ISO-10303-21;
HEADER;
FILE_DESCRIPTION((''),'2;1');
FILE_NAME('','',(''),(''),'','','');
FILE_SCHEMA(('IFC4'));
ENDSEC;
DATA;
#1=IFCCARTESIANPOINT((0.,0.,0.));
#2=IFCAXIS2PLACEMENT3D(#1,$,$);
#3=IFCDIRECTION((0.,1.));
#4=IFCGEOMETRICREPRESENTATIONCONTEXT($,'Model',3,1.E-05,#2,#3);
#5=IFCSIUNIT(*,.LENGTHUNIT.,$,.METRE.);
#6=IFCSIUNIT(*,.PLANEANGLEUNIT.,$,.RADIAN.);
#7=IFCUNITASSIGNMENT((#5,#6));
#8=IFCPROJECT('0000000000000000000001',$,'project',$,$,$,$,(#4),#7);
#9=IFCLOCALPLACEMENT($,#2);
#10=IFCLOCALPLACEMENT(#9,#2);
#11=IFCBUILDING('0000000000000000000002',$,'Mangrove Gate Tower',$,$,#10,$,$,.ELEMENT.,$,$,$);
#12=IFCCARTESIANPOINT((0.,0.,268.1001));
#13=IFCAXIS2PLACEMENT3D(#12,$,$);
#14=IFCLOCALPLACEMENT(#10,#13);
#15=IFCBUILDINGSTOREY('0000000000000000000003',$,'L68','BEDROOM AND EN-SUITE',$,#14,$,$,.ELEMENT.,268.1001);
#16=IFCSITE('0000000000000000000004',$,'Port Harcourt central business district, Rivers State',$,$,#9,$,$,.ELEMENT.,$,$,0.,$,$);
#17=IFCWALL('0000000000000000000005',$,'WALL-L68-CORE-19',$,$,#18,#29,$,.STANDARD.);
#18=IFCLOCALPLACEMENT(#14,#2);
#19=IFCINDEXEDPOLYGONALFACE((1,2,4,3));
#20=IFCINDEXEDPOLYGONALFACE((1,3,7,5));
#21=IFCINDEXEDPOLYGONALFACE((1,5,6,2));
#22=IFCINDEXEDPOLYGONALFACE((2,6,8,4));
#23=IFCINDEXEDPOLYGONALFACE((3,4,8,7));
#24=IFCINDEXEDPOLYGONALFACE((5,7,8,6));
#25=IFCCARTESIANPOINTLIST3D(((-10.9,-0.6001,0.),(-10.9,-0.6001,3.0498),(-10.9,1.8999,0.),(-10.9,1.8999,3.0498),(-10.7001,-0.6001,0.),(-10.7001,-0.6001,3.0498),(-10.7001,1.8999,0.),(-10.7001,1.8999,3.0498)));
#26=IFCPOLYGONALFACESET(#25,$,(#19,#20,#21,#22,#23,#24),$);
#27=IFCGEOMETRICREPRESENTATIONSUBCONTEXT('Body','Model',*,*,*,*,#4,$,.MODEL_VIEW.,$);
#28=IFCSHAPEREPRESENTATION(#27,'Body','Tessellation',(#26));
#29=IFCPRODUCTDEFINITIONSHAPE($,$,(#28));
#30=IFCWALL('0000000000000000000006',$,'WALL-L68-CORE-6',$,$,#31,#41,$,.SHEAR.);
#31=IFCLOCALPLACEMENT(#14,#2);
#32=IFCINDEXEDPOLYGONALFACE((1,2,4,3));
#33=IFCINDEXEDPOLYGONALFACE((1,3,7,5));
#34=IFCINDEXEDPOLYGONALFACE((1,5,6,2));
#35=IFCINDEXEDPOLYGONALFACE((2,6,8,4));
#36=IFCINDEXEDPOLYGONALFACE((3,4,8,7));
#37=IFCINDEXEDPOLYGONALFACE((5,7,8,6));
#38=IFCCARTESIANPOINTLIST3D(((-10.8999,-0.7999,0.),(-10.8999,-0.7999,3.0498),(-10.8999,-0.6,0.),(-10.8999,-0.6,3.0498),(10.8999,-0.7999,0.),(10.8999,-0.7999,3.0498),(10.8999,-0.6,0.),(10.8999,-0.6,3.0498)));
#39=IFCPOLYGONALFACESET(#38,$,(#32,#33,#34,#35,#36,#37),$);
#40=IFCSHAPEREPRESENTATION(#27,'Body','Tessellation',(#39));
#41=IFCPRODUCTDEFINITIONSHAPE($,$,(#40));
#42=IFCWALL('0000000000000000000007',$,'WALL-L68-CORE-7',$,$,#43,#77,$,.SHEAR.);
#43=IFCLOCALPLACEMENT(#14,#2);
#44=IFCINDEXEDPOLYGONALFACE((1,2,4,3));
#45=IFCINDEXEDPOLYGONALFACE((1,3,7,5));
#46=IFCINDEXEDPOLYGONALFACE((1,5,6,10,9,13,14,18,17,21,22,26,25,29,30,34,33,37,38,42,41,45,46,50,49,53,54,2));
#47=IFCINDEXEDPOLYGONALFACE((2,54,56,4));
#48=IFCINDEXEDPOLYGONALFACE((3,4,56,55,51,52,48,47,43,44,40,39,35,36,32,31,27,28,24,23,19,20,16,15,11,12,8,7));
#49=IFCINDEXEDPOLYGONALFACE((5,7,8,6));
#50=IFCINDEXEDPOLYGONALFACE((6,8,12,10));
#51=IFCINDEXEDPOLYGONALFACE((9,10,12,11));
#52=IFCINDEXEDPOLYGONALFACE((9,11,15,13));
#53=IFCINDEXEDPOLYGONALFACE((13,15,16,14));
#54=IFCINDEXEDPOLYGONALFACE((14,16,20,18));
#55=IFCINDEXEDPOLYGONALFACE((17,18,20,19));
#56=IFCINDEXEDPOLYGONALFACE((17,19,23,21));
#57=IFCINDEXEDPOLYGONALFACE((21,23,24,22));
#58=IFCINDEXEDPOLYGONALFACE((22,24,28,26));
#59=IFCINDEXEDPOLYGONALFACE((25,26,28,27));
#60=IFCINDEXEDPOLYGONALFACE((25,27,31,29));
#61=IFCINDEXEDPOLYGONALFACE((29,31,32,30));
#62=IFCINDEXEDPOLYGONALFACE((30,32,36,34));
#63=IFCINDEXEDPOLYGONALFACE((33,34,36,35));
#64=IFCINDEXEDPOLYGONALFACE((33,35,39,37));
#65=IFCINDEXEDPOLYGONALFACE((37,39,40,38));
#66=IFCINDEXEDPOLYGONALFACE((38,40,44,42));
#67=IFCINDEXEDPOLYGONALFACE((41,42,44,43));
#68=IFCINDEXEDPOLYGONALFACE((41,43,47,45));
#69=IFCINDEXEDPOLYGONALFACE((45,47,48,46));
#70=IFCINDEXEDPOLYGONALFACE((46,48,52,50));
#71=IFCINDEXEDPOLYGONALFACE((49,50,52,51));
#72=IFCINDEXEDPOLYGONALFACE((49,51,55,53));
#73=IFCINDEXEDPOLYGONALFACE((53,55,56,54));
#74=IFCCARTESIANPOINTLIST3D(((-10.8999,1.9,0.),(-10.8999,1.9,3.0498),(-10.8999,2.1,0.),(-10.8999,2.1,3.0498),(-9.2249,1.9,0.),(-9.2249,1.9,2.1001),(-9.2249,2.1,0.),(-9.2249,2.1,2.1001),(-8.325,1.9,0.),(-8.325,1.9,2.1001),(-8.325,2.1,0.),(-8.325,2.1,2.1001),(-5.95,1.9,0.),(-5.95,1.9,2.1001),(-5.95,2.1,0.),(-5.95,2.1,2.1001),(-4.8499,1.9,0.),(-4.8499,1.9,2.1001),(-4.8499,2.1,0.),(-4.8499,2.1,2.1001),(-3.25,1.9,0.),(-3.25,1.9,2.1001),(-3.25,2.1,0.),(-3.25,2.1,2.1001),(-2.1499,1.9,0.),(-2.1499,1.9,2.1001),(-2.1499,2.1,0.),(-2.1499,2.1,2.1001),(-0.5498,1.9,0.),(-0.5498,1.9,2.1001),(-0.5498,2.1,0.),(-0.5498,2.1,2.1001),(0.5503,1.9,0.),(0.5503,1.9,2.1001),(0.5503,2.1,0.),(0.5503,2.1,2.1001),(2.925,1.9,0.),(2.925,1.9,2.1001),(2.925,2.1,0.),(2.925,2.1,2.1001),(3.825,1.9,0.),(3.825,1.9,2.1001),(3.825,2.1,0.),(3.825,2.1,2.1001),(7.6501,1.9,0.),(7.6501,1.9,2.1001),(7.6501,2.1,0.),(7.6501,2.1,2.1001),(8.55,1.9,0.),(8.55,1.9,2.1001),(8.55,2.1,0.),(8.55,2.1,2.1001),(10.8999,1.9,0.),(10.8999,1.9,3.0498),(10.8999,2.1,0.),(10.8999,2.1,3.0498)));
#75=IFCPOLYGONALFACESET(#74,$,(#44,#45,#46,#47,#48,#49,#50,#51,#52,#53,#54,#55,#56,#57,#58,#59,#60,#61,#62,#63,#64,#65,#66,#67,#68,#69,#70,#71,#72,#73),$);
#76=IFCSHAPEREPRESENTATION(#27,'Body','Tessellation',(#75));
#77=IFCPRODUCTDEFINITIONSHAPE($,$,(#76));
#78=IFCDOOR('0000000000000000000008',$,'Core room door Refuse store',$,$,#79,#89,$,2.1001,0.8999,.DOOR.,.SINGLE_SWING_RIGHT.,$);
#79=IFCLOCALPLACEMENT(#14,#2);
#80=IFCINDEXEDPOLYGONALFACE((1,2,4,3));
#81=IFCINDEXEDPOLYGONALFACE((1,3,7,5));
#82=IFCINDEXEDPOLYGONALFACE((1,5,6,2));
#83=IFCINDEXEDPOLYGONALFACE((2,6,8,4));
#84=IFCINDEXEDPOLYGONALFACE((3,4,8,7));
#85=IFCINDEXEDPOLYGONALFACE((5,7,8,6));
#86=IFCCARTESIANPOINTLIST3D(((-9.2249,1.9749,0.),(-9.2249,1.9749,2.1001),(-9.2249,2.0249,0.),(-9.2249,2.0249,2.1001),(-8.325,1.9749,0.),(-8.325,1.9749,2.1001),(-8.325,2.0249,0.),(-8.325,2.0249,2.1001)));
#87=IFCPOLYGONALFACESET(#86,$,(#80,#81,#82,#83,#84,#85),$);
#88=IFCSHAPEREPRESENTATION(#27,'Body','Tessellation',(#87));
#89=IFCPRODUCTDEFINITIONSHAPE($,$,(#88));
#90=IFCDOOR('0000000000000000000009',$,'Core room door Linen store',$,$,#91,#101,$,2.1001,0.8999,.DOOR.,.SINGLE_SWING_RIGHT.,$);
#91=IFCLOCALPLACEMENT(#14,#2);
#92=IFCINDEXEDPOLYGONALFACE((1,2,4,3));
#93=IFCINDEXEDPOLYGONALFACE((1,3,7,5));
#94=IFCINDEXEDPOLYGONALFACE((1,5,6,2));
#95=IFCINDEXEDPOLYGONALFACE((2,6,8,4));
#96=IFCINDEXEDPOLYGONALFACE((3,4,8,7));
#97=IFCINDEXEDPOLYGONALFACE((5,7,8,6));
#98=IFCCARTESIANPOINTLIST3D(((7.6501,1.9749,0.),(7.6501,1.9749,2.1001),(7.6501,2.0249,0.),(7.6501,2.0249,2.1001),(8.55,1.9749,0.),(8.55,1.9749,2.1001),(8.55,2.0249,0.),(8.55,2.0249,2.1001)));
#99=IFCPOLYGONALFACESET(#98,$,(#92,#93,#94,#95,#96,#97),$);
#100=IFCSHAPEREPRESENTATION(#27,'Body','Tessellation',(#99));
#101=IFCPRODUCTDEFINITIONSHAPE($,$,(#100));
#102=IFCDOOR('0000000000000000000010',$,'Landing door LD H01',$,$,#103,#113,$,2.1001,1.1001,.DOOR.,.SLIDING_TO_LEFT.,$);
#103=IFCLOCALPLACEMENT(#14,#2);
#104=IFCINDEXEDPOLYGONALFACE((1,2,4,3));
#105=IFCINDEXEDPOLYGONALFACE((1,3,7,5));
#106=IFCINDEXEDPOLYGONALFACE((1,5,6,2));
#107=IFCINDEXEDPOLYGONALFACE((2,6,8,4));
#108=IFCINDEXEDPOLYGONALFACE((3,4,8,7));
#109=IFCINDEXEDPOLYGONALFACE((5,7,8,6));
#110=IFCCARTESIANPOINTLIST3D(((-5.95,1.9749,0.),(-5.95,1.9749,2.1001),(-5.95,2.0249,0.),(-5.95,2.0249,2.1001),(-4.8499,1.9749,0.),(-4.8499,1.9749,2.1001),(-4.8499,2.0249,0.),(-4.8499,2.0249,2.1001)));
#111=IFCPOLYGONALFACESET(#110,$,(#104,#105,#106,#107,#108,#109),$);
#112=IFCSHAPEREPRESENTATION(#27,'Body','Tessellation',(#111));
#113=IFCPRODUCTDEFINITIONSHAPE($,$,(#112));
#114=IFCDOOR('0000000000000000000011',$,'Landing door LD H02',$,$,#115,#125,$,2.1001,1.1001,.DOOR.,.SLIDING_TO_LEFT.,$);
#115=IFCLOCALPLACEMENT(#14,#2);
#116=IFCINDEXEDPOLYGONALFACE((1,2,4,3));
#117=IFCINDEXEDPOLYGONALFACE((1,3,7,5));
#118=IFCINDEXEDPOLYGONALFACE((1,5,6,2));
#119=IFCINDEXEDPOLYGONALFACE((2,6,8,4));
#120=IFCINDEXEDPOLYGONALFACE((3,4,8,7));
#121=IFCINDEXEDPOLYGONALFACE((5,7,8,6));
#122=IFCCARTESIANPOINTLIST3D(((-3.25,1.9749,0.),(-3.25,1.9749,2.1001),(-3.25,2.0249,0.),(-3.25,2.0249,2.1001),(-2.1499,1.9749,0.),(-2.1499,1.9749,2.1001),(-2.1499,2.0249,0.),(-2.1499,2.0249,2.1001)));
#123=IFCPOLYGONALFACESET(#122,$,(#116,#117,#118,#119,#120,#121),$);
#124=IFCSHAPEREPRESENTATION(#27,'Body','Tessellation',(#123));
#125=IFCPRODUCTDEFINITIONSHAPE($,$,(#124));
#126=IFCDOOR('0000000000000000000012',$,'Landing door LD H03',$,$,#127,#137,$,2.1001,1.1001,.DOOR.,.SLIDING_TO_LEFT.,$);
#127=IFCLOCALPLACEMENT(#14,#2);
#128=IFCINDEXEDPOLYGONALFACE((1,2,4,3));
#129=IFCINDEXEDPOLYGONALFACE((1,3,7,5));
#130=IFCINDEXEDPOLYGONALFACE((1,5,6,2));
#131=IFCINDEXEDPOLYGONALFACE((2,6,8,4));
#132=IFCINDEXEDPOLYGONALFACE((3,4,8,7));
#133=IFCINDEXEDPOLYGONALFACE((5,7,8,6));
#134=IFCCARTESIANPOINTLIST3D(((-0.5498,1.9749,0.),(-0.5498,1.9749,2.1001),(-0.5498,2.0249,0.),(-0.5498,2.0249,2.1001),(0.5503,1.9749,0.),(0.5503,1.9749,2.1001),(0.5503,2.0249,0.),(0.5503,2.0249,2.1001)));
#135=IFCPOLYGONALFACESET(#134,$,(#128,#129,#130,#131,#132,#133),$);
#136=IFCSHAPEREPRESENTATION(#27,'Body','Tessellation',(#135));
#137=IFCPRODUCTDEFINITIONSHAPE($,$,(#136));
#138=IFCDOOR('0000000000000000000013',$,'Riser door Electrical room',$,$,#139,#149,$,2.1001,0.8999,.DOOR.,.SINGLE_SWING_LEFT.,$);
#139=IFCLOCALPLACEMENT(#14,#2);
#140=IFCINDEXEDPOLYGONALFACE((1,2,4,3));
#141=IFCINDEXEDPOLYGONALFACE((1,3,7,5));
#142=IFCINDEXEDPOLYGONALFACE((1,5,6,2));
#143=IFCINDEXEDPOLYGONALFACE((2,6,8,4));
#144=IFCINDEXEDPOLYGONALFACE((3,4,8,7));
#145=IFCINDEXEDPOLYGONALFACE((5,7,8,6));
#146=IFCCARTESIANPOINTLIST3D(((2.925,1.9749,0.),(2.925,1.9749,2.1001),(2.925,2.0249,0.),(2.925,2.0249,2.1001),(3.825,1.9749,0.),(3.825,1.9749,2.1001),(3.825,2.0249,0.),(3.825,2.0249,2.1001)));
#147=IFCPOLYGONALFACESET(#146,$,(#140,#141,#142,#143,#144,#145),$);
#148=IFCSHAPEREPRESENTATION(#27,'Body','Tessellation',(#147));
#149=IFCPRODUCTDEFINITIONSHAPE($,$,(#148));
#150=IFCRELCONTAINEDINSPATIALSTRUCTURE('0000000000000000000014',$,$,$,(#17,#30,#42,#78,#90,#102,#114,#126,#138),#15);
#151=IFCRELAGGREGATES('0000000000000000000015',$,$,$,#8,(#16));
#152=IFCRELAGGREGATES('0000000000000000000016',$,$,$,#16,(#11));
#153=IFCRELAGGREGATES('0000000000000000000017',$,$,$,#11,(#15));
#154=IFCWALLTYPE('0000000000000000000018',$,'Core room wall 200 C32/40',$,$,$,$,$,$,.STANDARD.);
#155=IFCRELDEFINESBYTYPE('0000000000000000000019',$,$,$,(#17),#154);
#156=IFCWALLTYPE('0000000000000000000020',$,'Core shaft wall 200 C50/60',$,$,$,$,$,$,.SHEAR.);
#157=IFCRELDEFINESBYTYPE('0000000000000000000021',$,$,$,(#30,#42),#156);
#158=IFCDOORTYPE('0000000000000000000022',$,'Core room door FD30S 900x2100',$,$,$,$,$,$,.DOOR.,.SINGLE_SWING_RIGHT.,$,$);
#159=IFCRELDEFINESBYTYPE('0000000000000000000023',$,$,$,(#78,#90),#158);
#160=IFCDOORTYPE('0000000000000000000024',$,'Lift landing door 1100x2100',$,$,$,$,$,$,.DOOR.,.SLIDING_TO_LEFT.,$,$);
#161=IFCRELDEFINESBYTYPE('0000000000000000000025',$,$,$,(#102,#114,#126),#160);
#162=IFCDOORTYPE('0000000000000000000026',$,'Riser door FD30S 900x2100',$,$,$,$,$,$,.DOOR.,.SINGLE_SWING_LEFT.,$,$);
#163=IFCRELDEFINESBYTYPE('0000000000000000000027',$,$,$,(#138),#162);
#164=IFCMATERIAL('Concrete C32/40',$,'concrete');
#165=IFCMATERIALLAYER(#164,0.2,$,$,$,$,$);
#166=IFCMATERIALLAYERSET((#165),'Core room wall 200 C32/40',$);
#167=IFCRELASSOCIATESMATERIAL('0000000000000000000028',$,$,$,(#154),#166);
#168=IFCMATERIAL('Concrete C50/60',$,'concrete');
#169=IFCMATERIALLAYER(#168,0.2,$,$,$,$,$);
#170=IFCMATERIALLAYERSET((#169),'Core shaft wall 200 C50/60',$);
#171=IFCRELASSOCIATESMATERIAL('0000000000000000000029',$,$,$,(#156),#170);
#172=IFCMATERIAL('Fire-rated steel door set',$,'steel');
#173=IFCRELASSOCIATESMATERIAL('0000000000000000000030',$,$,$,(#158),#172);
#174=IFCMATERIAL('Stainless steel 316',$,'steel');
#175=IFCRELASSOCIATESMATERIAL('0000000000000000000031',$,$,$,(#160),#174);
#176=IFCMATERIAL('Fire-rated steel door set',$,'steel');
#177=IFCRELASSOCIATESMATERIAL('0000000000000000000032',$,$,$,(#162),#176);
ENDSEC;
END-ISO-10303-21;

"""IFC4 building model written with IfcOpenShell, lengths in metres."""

from ifc_helpers import new_model, si_unit, direction, frame, frame_2d, origin, place, context, subcontext, project, spatial, rectangle, extrude, material, layer, layer_set, type_object, element, fill, save


model = new_model("IFC4")

# Units and contexts
model_context = context("Model", 3, precision=1e-05, world=origin(), true_north=direction((0.0, 1.0)))
body_context = subcontext(model_context, "Body", "Model", "MODEL_VIEW")
ifc_project = project(units=[si_unit("LENGTHUNIT", "METRE"), si_unit("PLANEANGLEUNIT", "RADIAN")], contexts=[model_context])

# Site, building, storey
site_placement = place(None, origin())
site = spatial("IfcSite", under=ifc_project, at=site_placement, Name="Port Harcourt central business district, Rivers State", CompositionType="ELEMENT", RefElevation=0.0)
building_placement = place(site_placement, origin())
building = spatial("IfcBuilding", under=site, at=building_placement, Name="Mangrove Gate Tower", CompositionType="ELEMENT")
storey_placement = place(building_placement, frame((0.0, 0.0, 268.1001)))
storey = spatial("IfcBuildingStorey", under=building, at=storey_placement, Name="L68", Description="BEDROOM AND EN-SUITE", CompositionType="ELEMENT", Elevation=268.1001)

# Walls
ifc_material_1 = material(Name="Concrete C32/40", Category="concrete")
ifc_layer_1 = layer(ifc_material_1, 0.2)
ifc_layer_set_1 = layer_set([ifc_layer_1], Name="Core room wall 200 C32/40")
wall_type_1 = type_object("IfcWallType", Name="Core room wall 200 C32/40", PredefinedType="STANDARD", material=ifc_layer_set_1)
wall_1_placement = place(storey_placement, frame((-10.8, -0.6001, 0.0), z_axis=(0.0, 0.0, 1.0), x_axis=(0.0, 1.0, 0.0)))
element("IfcWall", 1, at=wall_1_placement, inside=storey, type_object=wall_type_1, Name="WALL-L68-CORE-19", PredefinedType="STANDARD", context=body_context, shape_type="SweptSolid", body=[
    extrude(rectangle(XDim=2.5, YDim=0.2, at=frame_2d((1.25, 0.0))), origin(), (0.0, 0.0, 1.0), 3.0498),
])
ifc_material_2 = material(Name="Concrete C50/60", Category="concrete")
ifc_layer_2 = layer(ifc_material_2, 0.2)
ifc_layer_set_2 = layer_set([ifc_layer_2], Name="Core shaft wall 200 C50/60")
wall_type_2 = type_object("IfcWallType", Name="Core shaft wall 200 C50/60", PredefinedType="SHEAR", material=ifc_layer_set_2)
wall_2_placement = place(storey_placement, frame((-10.8999, -0.7, 0.0), z_axis=(0.0, 0.0, 1.0), x_axis=(1.0, 0.0, 0.0)))
element("IfcWall", 2, at=wall_2_placement, inside=storey, type_object=wall_type_2, Name="WALL-L68-CORE-6", PredefinedType="SHEAR", context=body_context, shape_type="SweptSolid", body=[
    extrude(rectangle(XDim=21.7998, YDim=0.2, at=frame_2d((10.8999, 0.0))), origin(), (0.0, 0.0, 1.0), 3.0498),
])

# Wall, openings, doors
wall_3_placement = place(storey_placement, frame((-10.8999, 2.0, 0.0), z_axis=(0.0, 0.0, 1.0), x_axis=(1.0, 0.0, 0.0)))
wall_3 = element("IfcWall", 3, at=wall_3_placement, inside=storey, type_object=wall_type_2, Name="WALL-L68-CORE-7", PredefinedType="SHEAR", context=body_context, shape_type="SweptSolid", body=[
    extrude(rectangle(XDim=21.7998, YDim=0.2, at=frame_2d((10.8999, 0.0))), origin(), (0.0, 0.0, 1.0), 3.0498),
])
opening_1_placement = place(wall_3_placement, frame((4.95, 0.0, 0.0)))
opening_1 = element("IfcOpeningElement", 4, at=opening_1_placement, cuts=wall_3, PredefinedType="OPENING", context=body_context, shape_type="SweptSolid", body=[
    extrude(rectangle(XDim=1.1001, YDim=2.1001, at=frame_2d((0.55, 1.05))), frame((0.0, 0.1099, 0.0), z_axis=(0.0, -1.0, 0.0), x_axis=(1.0, 0.0, 0.0)), (0.0, 0.0, 1.0), 0.22),
])
opening_2_placement = place(wall_3_placement, frame((7.6499, 0.0, 0.0)))
opening_2 = element("IfcOpeningElement", 5, at=opening_2_placement, cuts=wall_3, PredefinedType="OPENING", context=body_context, shape_type="SweptSolid", body=[
    extrude(rectangle(XDim=1.1001, YDim=2.1001, at=frame_2d((0.55, 1.05))), frame((0.0, 0.1099, 0.0), z_axis=(0.0, -1.0, 0.0), x_axis=(1.0, 0.0, 0.0)), (0.0, 0.0, 1.0), 0.22),
])
opening_3_placement = place(wall_3_placement, frame((10.3501, 0.0, 0.0)))
opening_3 = element("IfcOpeningElement", 6, at=opening_3_placement, cuts=wall_3, PredefinedType="OPENING", context=body_context, shape_type="SweptSolid", body=[
    extrude(rectangle(XDim=1.1001, YDim=2.1001, at=frame_2d((0.55, 1.05))), frame((0.0, 0.1099, 0.0), z_axis=(0.0, -1.0, 0.0), x_axis=(1.0, 0.0, 0.0)), (0.0, 0.0, 1.0), 0.22),
])
opening_4_placement = place(wall_3_placement, frame((1.675, 0.0, 0.0)))
opening_4 = element("IfcOpeningElement", 7, at=opening_4_placement, cuts=wall_3, PredefinedType="OPENING", context=body_context, shape_type="SweptSolid", body=[
    extrude(rectangle(XDim=0.8999, YDim=2.1001, at=frame_2d((0.45, 1.05))), frame((0.0, 0.1099, 0.0), z_axis=(0.0, -1.0, 0.0), x_axis=(1.0, 0.0, 0.0)), (0.0, 0.0, 1.0), 0.22),
])
opening_5_placement = place(wall_3_placement, frame((13.825, 0.0, 0.0)))
opening_5 = element("IfcOpeningElement", 8, at=opening_5_placement, cuts=wall_3, PredefinedType="OPENING", context=body_context, shape_type="SweptSolid", body=[
    extrude(rectangle(XDim=0.8999, YDim=2.1001, at=frame_2d((0.45, 1.05))), frame((0.0, 0.1099, 0.0), z_axis=(0.0, -1.0, 0.0), x_axis=(1.0, 0.0, 0.0)), (0.0, 0.0, 1.0), 0.22),
])
opening_6_placement = place(wall_3_placement, frame((18.55, 0.0, 0.0)))
opening_6 = element("IfcOpeningElement", 9, at=opening_6_placement, cuts=wall_3, PredefinedType="OPENING", context=body_context, shape_type="SweptSolid", body=[
    extrude(rectangle(XDim=0.8999, YDim=2.1001, at=frame_2d((0.45, 1.05))), frame((0.0, 0.1099, 0.0), z_axis=(0.0, -1.0, 0.0), x_axis=(1.0, 0.0, 0.0)), (0.0, 0.0, 1.0), 0.22),
])
ifc_material_3 = material(Name="Fire-rated steel door set", Category="steel")
door_type_1 = type_object("IfcDoorType", Name="Core room door FD30S 900x2100", OperationType="SINGLE_SWING_RIGHT", PredefinedType="DOOR", material=ifc_material_3)
door_1_placement = place(opening_4_placement, origin())
door_1 = element("IfcDoor", 10, at=door_1_placement, inside=storey, type_object=door_type_1, Name="Core room door Refuse store", OperationType="SINGLE_SWING_RIGHT", OverallHeight=2.1001, OverallWidth=0.8999, PredefinedType="DOOR", context=body_context, shape_type="SweptSolid", body=[
    extrude(rectangle(XDim=0.8999, YDim=2.1001, at=frame_2d((0.45, 1.05))), frame((0.0, 0.0249, 0.0), z_axis=(0.0, -1.0, 0.0), x_axis=(1.0, 0.0, 0.0)), (0.0, 0.0, 1.0), 0.05),
])
fill(opening_4, door_1)
door_2_placement = place(opening_6_placement, origin())
door_2 = element("IfcDoor", 11, at=door_2_placement, inside=storey, type_object=door_type_1, Name="Core room door Linen store", OperationType="SINGLE_SWING_RIGHT", OverallHeight=2.1001, OverallWidth=0.8999, PredefinedType="DOOR", context=body_context, shape_type="SweptSolid", body=[
    extrude(rectangle(XDim=0.8999, YDim=2.1001, at=frame_2d((0.45, 1.05))), frame((0.0, 0.0249, 0.0), z_axis=(0.0, -1.0, 0.0), x_axis=(1.0, 0.0, 0.0)), (0.0, 0.0, 1.0), 0.05),
])
fill(opening_6, door_2)
ifc_material_4 = material(Name="Stainless steel 316", Category="steel")
door_type_2 = type_object("IfcDoorType", Name="Lift landing door 1100x2100", OperationType="SLIDING_TO_LEFT", PredefinedType="DOOR", material=ifc_material_4)
door_3_placement = place(opening_1_placement, origin())
door_3 = element("IfcDoor", 12, at=door_3_placement, inside=storey, type_object=door_type_2, Name="Landing door LD H01", OperationType="SLIDING_TO_LEFT", OverallHeight=2.1001, OverallWidth=1.1001, PredefinedType="DOOR", context=body_context, shape_type="SweptSolid", body=[
    extrude(rectangle(XDim=1.1001, YDim=2.1001, at=frame_2d((0.55, 1.05))), frame((0.0, 0.0249, 0.0), z_axis=(0.0, -1.0, 0.0), x_axis=(1.0, 0.0, 0.0)), (0.0, 0.0, 1.0), 0.05),
])
fill(opening_1, door_3)
door_4_placement = place(opening_2_placement, origin())
door_4 = element("IfcDoor", 13, at=door_4_placement, inside=storey, type_object=door_type_2, Name="Landing door LD H02", OperationType="SLIDING_TO_LEFT", OverallHeight=2.1001, OverallWidth=1.1001, PredefinedType="DOOR", context=body_context, shape_type="SweptSolid", body=[
    extrude(rectangle(XDim=1.1001, YDim=2.1001, at=frame_2d((0.55, 1.05))), frame((0.0, 0.0249, 0.0), z_axis=(0.0, -1.0, 0.0), x_axis=(1.0, 0.0, 0.0)), (0.0, 0.0, 1.0), 0.05),
])
fill(opening_2, door_4)
door_5_placement = place(opening_3_placement, origin())
door_5 = element("IfcDoor", 14, at=door_5_placement, inside=storey, type_object=door_type_2, Name="Landing door LD H03", OperationType="SLIDING_TO_LEFT", OverallHeight=2.1001, OverallWidth=1.1001, PredefinedType="DOOR", context=body_context, shape_type="SweptSolid", body=[
    extrude(rectangle(XDim=1.1001, YDim=2.1001, at=frame_2d((0.55, 1.05))), frame((0.0, 0.0249, 0.0), z_axis=(0.0, -1.0, 0.0), x_axis=(1.0, 0.0, 0.0)), (0.0, 0.0, 1.0), 0.05),
])
fill(opening_3, door_5)
ifc_material_5 = material(Name="Fire-rated steel door set", Category="steel")
door_type_3 = type_object("IfcDoorType", Name="Riser door FD30S 900x2100", OperationType="SINGLE_SWING_LEFT", PredefinedType="DOOR", material=ifc_material_5)
door_6_placement = place(opening_5_placement, origin())
door_6 = element("IfcDoor", 15, at=door_6_placement, inside=storey, type_object=door_type_3, Name="Riser door Electrical room", OperationType="SINGLE_SWING_LEFT", OverallHeight=2.1001, OverallWidth=0.8999, PredefinedType="DOOR", context=body_context, shape_type="SweptSolid", body=[
    extrude(rectangle(XDim=0.8999, YDim=2.1001, at=frame_2d((0.45, 1.05))), frame((0.0, 0.0249, 0.0), z_axis=(0.0, -1.0, 0.0), x_axis=(1.0, 0.0, 0.0)), (0.0, 0.0, 1.0), 0.05),
])
fill(opening_5, door_6)

save(model, "model.ifc")
